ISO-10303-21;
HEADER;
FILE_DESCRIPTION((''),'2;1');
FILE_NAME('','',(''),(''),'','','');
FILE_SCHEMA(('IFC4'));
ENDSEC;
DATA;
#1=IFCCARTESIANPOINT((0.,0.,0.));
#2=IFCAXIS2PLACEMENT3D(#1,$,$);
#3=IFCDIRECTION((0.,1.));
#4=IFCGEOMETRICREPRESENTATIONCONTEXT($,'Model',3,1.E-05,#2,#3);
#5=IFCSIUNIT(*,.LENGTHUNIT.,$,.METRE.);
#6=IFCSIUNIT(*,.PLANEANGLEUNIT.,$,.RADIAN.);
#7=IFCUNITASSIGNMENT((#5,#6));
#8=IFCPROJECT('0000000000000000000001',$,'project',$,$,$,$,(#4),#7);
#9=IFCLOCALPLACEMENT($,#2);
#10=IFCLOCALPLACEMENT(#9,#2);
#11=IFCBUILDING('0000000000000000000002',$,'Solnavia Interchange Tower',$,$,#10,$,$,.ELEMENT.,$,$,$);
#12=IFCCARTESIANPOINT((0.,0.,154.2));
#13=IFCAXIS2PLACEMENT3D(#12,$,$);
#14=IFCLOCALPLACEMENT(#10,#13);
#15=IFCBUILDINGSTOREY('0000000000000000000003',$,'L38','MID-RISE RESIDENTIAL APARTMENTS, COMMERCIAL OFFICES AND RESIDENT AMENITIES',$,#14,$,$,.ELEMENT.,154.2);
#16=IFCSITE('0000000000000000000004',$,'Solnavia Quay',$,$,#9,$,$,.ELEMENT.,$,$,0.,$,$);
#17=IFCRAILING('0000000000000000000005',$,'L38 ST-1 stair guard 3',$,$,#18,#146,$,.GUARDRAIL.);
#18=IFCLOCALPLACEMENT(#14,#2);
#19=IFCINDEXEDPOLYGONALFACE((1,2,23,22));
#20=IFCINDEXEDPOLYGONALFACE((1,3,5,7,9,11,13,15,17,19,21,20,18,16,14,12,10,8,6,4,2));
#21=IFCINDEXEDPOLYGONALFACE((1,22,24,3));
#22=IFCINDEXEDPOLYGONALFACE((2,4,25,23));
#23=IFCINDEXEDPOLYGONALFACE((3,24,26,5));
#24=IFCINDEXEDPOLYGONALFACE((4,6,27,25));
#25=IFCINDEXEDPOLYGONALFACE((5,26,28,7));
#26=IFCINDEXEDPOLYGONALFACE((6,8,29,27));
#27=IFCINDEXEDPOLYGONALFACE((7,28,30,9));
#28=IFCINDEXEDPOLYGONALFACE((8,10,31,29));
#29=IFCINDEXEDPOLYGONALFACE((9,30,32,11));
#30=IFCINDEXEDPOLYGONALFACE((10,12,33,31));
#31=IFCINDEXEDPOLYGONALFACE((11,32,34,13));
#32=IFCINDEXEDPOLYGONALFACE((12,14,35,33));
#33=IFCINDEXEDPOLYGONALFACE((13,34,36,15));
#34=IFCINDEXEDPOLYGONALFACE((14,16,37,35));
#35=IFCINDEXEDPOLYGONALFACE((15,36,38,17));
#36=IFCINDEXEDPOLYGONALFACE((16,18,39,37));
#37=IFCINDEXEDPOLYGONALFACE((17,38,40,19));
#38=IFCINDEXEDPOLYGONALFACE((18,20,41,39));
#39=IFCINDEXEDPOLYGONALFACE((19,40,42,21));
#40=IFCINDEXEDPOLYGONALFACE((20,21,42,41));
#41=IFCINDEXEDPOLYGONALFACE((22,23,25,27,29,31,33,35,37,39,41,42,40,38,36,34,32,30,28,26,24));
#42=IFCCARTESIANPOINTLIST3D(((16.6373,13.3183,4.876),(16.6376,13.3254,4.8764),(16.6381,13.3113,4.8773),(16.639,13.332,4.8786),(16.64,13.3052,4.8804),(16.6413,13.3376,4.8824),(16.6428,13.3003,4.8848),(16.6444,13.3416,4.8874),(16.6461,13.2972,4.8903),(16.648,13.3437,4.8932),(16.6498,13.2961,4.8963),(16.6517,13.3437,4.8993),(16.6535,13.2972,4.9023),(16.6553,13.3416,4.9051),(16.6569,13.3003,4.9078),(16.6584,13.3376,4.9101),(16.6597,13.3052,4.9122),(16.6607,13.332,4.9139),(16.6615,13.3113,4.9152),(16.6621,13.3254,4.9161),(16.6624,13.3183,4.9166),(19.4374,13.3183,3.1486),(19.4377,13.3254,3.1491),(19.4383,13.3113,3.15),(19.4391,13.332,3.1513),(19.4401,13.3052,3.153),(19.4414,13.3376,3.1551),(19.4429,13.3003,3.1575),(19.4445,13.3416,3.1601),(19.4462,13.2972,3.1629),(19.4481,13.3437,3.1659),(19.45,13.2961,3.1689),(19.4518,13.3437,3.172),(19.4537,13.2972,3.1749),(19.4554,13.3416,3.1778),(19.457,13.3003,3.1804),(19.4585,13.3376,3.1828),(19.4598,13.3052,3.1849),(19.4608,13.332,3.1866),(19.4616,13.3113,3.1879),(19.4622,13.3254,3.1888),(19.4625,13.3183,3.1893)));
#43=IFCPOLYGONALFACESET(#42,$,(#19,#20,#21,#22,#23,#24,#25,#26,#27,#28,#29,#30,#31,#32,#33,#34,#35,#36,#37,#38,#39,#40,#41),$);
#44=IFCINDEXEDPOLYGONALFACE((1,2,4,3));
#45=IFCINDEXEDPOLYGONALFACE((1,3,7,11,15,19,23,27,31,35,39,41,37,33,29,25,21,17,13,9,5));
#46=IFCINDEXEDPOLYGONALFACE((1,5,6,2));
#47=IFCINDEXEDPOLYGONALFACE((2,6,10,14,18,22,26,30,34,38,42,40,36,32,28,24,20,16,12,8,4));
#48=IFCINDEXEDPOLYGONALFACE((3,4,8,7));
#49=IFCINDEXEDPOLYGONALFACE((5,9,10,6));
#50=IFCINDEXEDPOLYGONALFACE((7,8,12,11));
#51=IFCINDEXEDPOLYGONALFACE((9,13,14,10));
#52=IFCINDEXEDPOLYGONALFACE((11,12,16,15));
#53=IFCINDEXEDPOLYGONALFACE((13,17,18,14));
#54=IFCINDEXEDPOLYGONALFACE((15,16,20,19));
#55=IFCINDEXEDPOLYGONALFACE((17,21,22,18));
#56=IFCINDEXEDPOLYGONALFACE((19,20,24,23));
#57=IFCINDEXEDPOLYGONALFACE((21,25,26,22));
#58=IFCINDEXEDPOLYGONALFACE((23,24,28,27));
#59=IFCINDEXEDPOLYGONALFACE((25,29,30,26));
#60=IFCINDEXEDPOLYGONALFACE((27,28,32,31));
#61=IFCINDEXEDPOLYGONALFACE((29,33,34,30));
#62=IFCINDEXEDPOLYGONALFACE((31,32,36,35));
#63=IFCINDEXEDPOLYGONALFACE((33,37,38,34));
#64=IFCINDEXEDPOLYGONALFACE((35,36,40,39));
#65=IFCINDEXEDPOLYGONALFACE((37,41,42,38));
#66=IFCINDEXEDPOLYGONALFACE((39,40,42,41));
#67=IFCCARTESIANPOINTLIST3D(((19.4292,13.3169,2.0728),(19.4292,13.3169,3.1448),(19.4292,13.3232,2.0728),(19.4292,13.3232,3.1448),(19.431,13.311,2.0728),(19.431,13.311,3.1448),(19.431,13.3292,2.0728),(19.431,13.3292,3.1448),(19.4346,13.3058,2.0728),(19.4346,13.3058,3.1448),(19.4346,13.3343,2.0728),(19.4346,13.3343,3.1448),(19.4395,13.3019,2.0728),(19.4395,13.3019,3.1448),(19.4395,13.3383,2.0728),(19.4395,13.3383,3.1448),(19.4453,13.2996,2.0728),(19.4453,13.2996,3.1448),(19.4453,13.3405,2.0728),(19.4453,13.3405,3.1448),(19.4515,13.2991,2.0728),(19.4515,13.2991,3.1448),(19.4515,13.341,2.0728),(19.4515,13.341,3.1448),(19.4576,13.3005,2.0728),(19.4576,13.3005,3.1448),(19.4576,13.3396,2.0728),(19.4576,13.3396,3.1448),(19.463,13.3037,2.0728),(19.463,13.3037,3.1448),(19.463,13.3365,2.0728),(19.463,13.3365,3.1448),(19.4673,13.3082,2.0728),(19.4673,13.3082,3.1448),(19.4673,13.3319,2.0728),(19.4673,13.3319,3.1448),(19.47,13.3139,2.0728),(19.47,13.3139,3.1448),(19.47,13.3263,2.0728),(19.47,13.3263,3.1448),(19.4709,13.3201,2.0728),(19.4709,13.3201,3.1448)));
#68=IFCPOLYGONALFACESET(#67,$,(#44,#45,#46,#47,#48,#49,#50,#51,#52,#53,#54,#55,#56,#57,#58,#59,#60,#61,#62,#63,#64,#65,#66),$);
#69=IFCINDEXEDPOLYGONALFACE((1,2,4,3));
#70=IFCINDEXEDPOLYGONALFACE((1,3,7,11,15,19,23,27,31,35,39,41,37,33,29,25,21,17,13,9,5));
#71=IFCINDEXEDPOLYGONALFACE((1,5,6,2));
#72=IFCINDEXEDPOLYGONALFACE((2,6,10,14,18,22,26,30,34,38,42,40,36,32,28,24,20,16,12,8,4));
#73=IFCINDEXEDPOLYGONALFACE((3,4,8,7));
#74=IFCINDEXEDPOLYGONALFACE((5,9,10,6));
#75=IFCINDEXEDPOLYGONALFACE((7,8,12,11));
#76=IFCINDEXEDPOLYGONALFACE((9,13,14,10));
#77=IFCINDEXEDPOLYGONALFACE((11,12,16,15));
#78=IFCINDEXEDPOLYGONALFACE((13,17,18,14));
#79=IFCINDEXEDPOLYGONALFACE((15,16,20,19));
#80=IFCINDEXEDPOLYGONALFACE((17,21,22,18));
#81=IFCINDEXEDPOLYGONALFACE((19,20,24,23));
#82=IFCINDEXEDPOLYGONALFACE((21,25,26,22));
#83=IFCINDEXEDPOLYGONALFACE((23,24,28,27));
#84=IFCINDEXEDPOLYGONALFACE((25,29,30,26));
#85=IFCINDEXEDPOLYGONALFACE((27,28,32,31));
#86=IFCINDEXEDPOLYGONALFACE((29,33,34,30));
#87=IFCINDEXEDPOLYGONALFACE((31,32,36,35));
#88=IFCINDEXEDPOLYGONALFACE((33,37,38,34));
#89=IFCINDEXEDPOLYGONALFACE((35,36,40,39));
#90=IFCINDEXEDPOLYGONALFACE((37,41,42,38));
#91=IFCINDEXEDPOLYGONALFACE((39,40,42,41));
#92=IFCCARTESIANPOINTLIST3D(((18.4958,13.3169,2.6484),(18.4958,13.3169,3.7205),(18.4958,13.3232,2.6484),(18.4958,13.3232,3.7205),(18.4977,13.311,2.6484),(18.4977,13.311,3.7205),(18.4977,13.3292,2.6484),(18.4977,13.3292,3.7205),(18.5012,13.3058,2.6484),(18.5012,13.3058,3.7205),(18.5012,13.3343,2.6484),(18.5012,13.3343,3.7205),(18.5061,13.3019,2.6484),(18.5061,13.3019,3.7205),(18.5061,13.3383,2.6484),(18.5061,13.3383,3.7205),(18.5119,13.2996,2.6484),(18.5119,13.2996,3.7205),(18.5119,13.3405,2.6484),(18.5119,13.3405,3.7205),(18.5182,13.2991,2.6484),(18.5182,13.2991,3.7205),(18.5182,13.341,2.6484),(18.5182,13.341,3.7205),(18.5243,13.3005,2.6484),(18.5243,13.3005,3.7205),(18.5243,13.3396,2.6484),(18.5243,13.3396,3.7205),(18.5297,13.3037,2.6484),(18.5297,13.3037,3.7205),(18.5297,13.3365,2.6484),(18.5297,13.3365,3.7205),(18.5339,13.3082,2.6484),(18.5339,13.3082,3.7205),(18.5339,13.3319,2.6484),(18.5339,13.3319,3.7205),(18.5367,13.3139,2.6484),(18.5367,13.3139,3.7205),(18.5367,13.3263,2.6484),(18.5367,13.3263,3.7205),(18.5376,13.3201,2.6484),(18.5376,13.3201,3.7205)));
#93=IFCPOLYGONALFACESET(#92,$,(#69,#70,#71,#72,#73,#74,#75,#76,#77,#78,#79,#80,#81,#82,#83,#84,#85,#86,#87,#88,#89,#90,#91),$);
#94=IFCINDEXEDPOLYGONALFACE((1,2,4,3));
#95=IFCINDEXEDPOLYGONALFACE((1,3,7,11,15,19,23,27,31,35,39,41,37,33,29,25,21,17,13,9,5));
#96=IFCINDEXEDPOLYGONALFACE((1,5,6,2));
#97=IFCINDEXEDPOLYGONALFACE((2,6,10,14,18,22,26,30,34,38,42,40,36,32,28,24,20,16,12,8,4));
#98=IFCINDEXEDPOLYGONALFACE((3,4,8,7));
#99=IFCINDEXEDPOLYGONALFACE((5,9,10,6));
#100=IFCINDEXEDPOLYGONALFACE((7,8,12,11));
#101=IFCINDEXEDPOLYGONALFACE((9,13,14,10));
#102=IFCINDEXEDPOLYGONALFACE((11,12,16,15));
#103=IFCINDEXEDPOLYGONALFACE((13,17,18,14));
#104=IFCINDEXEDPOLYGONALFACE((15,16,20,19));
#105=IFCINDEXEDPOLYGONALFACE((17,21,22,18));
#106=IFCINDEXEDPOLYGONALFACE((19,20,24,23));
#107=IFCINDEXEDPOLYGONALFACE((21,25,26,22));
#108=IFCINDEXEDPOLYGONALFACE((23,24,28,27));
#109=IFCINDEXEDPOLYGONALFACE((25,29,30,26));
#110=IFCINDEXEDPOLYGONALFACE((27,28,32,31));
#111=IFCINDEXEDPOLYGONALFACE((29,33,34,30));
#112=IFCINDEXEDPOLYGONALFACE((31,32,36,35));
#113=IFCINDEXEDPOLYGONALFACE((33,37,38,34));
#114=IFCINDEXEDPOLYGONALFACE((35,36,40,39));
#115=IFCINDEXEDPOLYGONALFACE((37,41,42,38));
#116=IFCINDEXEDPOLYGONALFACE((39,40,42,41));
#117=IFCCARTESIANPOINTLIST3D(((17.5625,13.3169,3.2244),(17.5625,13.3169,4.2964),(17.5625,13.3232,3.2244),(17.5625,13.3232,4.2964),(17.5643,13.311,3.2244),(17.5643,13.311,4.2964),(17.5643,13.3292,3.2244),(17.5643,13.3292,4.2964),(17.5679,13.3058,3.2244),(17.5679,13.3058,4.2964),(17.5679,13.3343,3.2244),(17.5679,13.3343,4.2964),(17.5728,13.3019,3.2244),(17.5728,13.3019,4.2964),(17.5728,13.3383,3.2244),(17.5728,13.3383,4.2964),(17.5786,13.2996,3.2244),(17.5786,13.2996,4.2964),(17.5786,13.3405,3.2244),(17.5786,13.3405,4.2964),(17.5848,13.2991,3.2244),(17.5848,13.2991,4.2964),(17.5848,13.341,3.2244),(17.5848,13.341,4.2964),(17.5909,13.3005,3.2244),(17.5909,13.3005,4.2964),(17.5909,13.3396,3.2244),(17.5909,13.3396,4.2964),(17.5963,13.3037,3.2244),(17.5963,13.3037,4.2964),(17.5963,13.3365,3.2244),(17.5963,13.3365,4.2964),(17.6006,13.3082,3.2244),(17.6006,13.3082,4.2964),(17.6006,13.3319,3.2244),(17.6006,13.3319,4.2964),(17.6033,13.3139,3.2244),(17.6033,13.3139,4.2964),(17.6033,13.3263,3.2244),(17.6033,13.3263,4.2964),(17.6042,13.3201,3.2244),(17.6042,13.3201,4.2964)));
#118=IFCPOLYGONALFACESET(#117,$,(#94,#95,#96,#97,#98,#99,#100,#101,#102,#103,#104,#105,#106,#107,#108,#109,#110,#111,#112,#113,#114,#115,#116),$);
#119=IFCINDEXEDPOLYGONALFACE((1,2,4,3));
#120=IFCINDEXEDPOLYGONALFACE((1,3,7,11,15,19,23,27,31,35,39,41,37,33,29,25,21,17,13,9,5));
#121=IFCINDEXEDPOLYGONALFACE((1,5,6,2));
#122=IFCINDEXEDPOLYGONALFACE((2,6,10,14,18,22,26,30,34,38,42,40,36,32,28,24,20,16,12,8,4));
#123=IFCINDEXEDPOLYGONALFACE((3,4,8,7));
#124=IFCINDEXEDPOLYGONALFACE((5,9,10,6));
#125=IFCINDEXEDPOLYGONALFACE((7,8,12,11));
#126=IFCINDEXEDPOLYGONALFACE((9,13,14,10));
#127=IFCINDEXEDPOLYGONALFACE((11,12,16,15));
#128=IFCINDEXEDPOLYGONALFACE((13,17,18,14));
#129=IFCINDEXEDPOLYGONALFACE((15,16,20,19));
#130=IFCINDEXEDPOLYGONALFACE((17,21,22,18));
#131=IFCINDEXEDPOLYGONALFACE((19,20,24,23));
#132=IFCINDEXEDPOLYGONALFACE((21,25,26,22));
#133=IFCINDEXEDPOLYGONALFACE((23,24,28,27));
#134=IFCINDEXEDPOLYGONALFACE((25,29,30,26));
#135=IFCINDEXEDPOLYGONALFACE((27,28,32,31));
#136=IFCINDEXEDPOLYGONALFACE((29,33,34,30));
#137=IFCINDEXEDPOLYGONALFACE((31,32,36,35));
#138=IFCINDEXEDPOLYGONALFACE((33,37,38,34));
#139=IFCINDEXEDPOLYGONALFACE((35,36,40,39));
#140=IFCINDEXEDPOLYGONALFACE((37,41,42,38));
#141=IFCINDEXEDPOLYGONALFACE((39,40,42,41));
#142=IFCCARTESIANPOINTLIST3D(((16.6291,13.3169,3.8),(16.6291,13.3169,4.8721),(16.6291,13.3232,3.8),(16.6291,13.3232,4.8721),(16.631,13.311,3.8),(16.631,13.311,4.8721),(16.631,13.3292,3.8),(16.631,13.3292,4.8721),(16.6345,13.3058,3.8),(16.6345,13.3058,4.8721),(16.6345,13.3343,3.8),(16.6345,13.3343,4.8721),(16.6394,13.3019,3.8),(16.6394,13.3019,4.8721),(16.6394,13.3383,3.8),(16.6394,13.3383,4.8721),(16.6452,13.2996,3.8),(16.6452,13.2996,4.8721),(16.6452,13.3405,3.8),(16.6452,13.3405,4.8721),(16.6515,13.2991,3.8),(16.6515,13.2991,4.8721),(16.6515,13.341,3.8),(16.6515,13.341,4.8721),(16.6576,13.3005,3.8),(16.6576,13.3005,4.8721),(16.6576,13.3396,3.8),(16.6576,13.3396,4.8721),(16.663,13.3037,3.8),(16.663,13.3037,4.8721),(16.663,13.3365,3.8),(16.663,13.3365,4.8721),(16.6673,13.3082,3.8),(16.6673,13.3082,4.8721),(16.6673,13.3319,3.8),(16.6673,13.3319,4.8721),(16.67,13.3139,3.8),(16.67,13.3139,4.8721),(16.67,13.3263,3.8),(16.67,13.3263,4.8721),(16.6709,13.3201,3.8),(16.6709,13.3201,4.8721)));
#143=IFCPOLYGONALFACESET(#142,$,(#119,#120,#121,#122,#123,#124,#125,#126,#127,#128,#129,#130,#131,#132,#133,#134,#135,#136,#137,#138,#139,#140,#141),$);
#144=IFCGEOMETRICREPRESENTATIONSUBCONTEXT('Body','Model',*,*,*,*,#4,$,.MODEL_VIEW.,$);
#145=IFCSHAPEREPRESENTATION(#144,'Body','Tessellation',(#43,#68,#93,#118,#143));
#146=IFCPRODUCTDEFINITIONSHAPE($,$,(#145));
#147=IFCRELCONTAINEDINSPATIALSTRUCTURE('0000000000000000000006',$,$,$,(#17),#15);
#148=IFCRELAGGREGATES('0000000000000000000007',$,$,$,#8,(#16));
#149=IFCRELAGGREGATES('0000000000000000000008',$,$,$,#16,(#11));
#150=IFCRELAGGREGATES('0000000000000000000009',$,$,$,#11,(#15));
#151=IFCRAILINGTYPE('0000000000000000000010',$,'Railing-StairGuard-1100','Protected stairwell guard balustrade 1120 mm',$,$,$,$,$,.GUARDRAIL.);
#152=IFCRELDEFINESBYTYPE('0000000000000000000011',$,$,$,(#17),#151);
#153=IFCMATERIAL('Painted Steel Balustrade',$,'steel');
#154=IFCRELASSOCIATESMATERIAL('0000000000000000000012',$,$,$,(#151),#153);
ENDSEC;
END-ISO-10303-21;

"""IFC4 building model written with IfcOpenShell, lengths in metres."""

from ifc_helpers import new_model, si_unit, direction, frame, origin, origin_2d, place, context, subcontext, project, spatial, circle, extrude, material, type_object, element, save


model = new_model("IFC4")

# Units and contexts
model_context = context("Model", 3, precision=1e-05, world=origin(), true_north=direction((0.0, 1.0)))
body_context = subcontext(model_context, "Body", "Model", "MODEL_VIEW")
ifc_project = project(units=[si_unit("LENGTHUNIT", "METRE"), si_unit("PLANEANGLEUNIT", "RADIAN")], contexts=[model_context])

# Site, building, storey
site_placement = place(None, origin())
site = spatial("IfcSite", under=ifc_project, at=site_placement, Name="Solnavia Quay", CompositionType="ELEMENT", RefElevation=0.0)
building_placement = place(site_placement, origin())
building = spatial("IfcBuilding", under=site, at=building_placement, Name="Solnavia Interchange Tower", CompositionType="ELEMENT")
storey_placement = place(building_placement, frame((0.0, 0.0, 154.2)))
storey = spatial("IfcBuildingStorey", under=building, at=storey_placement, Name="L38", Description="MID-RISE RESIDENTIAL APARTMENTS, COMMERCIAL OFFICES AND RESIDENT AMENITIES", CompositionType="ELEMENT", Elevation=154.2)

# Railing
ifc_material_1 = material(Name="Painted Steel Balustrade", Category="steel")
railing_type_1 = type_object("IfcRailingType", Name="Railing-StairGuard-1100", Description="Protected stairwell guard balustrade 1120 mm", PredefinedType="GUARDRAIL", material=ifc_material_1)
railing_1_placement = place(storey_placement, frame((19.45, 13.3201, 2.0728)))
element("IfcRailing", 1, at=railing_1_placement, inside=storey, type_object=railing_type_1, Name="L38 ST-1 stair guard 3", PredefinedType="GUARDRAIL", context=body_context, shape_type="SweptSolid", body=[
    extrude(circle(Radius=0.0239, at=origin_2d()), frame((0.0, 0.0, 1.0962), z_axis=(-0.85109, 0.0, 0.52502), x_axis=(0.0, -1.0, 0.0)), (0.0, 0.0, 1.0), 3.29),
    extrude(circle(Radius=0.021, at=origin_2d()), origin(), (0.0, 0.0, 1.0), 1.072),
    extrude(circle(Radius=0.021, at=origin_2d()), frame((-0.9333, 0.0, 0.5757)), (0.0, 0.0, 1.0), 1.072),
    extrude(circle(Radius=0.021, at=origin_2d()), frame((-1.8667, 0.0, 1.1516)), (0.0, 0.0, 1.0), 1.072),
    extrude(circle(Radius=0.021, at=origin_2d()), frame((-2.8, 0.0, 1.7273)), (0.0, 0.0, 1.0), 1.072),
])

save(model, "model.ifc")
